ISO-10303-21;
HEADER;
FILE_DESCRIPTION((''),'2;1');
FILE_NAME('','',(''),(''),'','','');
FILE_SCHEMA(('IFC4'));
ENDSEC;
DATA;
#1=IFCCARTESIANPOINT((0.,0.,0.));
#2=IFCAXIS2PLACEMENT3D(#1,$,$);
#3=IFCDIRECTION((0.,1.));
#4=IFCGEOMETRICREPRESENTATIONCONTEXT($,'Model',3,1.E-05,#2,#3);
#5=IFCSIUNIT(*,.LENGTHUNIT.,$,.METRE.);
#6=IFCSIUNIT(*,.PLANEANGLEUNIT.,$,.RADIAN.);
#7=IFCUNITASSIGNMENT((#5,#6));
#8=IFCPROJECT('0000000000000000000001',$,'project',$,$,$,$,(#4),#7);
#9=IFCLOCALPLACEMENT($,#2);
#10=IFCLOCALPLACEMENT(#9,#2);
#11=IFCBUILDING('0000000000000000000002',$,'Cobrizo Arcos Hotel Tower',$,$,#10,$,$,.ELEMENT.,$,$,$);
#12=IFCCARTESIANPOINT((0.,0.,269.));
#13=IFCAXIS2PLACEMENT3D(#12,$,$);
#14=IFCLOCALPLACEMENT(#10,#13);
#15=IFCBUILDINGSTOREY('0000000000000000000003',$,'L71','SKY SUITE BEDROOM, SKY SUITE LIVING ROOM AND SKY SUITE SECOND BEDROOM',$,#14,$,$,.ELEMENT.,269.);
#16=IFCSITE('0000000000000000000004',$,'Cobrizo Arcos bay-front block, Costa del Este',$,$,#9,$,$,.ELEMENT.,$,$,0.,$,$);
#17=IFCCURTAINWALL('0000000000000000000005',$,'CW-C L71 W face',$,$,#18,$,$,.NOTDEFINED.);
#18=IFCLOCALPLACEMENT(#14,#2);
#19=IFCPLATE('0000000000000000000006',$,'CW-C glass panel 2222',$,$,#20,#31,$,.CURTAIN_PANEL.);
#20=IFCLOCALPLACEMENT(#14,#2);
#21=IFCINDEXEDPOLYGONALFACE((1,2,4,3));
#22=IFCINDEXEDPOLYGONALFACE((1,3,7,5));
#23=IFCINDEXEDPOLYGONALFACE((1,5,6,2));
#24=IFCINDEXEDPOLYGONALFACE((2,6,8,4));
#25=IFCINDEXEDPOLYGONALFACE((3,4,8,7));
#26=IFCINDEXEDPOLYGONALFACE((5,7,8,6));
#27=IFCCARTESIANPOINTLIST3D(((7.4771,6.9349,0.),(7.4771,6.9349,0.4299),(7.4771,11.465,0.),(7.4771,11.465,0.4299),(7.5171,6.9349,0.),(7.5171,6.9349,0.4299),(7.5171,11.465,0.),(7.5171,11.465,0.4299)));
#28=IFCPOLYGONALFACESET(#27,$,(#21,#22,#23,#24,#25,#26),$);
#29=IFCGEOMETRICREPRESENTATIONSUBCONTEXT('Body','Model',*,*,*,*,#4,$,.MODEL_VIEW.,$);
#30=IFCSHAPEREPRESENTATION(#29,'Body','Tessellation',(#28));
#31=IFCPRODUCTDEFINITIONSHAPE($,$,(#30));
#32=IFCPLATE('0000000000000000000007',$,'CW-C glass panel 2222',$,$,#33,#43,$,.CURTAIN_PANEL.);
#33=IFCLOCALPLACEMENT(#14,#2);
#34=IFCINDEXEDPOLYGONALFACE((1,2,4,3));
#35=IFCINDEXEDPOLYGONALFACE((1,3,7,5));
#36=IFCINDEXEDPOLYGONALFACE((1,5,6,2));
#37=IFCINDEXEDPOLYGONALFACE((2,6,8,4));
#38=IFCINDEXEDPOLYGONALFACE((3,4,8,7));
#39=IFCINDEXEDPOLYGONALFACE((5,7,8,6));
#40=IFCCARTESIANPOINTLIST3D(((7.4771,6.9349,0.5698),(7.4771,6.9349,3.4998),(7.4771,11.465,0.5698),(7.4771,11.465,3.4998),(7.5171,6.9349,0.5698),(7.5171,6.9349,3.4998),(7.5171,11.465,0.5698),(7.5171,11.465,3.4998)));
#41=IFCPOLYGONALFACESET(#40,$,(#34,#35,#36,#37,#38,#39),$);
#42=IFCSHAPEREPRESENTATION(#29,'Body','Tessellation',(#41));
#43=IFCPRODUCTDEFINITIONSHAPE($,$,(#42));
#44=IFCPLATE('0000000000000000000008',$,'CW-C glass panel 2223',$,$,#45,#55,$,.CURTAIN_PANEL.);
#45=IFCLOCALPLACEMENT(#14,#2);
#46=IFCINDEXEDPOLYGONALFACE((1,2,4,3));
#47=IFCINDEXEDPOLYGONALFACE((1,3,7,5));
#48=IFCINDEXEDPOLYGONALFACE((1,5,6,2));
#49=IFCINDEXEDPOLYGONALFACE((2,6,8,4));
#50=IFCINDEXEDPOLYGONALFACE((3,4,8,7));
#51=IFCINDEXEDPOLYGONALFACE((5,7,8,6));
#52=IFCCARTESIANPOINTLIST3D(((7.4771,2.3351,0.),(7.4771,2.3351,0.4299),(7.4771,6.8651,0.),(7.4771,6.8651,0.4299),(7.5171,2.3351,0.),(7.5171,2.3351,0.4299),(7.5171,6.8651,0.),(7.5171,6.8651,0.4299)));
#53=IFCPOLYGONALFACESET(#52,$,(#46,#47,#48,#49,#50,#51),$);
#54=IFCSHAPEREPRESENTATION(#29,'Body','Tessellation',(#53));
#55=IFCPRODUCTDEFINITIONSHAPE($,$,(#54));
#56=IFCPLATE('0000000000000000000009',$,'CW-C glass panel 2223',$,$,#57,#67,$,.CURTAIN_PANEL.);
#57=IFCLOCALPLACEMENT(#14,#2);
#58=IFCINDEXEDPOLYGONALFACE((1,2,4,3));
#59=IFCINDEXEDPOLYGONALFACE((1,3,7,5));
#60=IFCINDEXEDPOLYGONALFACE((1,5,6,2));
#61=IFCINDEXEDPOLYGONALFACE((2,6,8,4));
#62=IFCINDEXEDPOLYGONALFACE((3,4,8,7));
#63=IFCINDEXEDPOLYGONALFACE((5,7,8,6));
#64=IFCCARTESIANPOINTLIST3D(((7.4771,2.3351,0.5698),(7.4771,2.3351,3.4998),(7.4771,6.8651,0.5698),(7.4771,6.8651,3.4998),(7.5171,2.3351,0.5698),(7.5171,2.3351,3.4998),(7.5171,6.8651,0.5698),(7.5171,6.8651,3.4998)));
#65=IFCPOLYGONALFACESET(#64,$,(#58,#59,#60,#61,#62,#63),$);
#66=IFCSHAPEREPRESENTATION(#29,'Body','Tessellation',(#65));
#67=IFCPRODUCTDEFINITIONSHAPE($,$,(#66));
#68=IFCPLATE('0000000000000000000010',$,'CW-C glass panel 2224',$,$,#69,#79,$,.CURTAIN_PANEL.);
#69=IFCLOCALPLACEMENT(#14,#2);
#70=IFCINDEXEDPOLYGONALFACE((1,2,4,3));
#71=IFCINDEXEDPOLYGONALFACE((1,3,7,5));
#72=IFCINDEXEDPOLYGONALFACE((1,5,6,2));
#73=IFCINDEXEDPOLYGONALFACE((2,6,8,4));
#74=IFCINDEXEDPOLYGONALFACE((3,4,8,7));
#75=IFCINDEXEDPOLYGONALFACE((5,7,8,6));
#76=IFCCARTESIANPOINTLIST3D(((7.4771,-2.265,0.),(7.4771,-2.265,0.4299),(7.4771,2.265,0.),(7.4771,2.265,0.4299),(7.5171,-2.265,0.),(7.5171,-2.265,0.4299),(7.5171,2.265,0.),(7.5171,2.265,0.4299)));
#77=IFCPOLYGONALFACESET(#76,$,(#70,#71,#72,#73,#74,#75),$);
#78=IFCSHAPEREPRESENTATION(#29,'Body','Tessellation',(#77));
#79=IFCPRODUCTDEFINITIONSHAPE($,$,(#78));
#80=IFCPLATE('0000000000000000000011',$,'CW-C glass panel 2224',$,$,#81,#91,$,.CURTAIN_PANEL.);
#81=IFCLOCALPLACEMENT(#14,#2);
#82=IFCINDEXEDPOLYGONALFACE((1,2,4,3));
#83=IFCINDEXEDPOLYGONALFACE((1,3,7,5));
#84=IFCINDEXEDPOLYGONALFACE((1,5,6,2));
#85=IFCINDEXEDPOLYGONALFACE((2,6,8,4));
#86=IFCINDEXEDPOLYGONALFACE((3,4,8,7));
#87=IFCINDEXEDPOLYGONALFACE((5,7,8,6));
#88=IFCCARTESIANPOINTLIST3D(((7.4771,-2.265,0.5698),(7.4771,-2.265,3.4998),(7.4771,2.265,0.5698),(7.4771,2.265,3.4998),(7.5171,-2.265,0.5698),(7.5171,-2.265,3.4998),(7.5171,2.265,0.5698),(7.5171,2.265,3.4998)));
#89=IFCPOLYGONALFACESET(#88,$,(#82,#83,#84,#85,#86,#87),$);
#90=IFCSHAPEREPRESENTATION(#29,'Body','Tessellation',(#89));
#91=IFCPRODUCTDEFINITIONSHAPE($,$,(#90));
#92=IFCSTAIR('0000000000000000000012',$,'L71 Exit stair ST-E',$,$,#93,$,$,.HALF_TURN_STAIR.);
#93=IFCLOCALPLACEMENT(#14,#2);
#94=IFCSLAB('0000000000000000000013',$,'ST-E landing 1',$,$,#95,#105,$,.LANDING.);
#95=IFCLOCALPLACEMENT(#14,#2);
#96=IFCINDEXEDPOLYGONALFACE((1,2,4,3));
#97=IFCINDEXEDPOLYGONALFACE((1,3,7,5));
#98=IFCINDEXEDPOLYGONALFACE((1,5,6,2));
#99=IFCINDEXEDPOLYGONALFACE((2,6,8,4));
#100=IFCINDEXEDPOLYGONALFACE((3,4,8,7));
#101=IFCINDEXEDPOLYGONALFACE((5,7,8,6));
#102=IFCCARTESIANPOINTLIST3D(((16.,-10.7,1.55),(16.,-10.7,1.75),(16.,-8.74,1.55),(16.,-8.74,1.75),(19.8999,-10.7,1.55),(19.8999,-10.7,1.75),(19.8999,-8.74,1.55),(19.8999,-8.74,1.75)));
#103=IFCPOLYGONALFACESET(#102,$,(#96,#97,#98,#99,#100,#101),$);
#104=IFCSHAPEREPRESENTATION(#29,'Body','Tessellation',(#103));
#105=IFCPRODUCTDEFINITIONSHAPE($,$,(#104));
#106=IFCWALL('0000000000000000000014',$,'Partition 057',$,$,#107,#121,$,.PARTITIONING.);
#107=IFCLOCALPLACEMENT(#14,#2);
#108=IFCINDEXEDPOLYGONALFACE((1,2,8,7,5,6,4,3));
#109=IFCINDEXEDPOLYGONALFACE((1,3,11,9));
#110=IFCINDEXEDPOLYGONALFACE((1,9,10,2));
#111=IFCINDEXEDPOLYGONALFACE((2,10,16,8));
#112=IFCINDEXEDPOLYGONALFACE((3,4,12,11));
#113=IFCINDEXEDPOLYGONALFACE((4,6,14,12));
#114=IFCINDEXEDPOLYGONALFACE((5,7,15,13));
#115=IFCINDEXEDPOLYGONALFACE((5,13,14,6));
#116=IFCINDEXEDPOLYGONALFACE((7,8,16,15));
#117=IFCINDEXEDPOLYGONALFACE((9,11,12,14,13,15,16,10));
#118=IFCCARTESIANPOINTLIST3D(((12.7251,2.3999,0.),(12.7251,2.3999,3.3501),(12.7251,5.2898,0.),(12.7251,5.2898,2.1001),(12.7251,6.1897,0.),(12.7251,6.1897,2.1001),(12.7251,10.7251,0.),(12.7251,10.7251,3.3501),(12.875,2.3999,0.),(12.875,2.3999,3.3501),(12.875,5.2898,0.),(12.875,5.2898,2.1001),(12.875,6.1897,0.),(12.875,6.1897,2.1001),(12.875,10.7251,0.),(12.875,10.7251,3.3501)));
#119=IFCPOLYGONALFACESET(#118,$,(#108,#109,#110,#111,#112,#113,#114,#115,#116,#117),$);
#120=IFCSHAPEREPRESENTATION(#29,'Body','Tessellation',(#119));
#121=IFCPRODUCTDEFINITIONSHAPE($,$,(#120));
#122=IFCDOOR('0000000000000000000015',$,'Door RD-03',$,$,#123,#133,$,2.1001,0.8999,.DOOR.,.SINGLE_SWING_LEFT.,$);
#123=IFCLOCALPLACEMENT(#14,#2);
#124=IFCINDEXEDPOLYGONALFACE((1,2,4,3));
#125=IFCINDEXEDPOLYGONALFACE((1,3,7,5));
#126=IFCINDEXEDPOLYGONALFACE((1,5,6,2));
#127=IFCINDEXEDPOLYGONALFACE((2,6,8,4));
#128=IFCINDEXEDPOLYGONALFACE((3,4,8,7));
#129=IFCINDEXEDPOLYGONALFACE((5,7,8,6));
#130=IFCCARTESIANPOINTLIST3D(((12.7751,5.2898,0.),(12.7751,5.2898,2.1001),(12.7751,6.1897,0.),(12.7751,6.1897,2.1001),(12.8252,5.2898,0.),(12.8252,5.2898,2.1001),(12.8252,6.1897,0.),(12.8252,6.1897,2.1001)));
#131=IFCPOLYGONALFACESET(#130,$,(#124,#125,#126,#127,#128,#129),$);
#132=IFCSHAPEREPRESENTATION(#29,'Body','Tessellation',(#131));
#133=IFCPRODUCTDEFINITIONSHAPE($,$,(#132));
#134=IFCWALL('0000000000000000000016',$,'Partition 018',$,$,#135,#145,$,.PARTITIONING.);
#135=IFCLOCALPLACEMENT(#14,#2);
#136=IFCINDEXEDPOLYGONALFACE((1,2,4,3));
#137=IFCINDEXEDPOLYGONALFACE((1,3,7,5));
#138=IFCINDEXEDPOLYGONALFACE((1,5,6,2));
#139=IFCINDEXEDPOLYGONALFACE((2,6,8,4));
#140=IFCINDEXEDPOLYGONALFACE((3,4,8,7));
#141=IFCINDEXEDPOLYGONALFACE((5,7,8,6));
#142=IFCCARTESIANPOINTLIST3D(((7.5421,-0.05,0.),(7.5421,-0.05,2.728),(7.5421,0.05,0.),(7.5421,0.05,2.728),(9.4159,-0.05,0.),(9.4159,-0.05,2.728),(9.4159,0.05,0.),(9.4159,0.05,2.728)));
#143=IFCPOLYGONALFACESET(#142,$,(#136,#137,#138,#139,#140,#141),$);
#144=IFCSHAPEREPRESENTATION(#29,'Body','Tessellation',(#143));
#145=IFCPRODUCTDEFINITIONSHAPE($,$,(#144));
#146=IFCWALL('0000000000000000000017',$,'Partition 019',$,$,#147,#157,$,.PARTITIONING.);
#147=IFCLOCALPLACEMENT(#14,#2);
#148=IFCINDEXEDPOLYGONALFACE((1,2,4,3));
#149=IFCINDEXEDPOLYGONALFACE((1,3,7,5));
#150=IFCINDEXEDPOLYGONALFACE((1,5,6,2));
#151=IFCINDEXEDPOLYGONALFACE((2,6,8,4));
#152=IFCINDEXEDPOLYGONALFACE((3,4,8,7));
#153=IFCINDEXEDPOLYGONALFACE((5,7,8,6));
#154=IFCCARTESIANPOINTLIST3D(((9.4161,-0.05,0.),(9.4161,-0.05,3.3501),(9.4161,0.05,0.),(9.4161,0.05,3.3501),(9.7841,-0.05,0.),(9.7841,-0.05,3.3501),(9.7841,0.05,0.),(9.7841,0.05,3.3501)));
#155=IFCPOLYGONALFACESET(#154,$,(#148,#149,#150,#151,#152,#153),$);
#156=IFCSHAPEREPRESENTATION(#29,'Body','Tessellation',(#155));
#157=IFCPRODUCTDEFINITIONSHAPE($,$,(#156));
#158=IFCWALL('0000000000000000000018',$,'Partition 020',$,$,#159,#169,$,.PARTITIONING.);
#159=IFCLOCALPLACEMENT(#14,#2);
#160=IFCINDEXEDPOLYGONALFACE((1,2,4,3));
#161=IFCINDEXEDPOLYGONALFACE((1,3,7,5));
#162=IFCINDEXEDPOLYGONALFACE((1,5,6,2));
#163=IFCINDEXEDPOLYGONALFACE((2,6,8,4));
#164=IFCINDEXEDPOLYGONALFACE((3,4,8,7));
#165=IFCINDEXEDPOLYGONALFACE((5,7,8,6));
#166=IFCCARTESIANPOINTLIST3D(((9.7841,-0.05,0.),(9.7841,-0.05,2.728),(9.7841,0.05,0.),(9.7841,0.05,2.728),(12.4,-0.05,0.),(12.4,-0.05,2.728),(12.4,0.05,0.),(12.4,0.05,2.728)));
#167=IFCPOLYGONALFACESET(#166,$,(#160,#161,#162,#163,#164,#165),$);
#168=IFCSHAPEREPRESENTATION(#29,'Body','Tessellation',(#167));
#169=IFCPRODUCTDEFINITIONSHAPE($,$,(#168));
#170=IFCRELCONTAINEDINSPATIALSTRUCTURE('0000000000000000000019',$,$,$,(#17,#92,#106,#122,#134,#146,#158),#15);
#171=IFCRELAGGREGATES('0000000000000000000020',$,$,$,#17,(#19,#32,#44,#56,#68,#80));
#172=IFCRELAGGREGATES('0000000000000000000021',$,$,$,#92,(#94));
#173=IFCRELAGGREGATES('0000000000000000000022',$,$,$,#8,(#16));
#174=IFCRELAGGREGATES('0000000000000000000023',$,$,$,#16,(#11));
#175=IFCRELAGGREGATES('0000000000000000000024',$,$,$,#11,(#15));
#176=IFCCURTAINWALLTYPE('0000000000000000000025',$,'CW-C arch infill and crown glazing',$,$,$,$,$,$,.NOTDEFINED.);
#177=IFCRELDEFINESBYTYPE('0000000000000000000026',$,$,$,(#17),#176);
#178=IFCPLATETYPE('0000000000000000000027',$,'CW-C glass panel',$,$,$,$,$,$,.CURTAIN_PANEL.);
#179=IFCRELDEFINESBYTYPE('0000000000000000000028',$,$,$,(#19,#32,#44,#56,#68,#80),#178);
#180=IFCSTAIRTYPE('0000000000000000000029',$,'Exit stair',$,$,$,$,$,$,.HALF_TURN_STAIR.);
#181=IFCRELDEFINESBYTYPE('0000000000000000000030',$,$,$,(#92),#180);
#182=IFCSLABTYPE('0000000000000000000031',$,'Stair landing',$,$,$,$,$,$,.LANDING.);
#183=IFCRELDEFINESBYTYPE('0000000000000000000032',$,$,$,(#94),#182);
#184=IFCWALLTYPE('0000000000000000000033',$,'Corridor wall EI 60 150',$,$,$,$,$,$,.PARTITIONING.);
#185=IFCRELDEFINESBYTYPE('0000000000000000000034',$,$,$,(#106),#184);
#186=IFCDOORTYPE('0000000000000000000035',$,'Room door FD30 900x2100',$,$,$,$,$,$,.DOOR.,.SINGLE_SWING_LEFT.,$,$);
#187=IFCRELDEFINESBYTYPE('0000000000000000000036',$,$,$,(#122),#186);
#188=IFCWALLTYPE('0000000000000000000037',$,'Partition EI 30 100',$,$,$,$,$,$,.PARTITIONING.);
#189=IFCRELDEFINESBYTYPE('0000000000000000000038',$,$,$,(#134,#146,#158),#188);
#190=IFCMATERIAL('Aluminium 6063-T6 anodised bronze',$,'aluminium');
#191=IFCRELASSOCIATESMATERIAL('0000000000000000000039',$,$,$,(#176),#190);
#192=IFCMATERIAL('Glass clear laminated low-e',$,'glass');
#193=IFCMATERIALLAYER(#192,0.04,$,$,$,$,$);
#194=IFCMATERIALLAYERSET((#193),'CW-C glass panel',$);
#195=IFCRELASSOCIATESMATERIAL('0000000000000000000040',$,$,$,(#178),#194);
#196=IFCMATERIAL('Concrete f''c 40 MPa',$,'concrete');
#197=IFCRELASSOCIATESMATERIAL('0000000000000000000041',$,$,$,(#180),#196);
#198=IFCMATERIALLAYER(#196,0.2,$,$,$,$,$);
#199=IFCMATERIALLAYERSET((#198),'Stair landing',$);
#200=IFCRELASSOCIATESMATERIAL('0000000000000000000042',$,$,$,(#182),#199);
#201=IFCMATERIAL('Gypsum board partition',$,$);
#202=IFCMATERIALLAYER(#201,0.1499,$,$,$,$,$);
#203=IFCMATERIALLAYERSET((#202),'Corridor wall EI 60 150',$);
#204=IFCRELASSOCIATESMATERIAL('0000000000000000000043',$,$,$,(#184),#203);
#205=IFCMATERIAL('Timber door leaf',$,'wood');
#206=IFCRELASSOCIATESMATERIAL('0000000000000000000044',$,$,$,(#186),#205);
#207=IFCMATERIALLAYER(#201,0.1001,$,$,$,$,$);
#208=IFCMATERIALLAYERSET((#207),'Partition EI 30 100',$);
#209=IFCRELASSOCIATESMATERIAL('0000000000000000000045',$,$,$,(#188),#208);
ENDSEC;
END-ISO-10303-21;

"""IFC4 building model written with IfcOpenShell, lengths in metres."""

from ifc_helpers import new_model, si_unit, direction, frame, frame_2d, origin, origin_2d, place, context, subcontext, project, spatial, polyline, rectangle, outline, extrude, material, layer, layer_set, type_object, element, fill, aggregate, save


model = new_model("IFC4")

# Units and contexts
model_context = context("Model", 3, precision=1e-05, world=origin(), true_north=direction((0.0, 1.0)))
body_context = subcontext(model_context, "Body", "Model", "MODEL_VIEW")
ifc_project = project(units=[si_unit("LENGTHUNIT", "METRE"), si_unit("PLANEANGLEUNIT", "RADIAN")], contexts=[model_context])

# Site, building, storey
site_placement = place(None, origin())
site = spatial("IfcSite", under=ifc_project, at=site_placement, Name="Cobrizo Arcos bay-front block, Costa del Este", CompositionType="ELEMENT", RefElevation=0.0)
building_placement = place(site_placement, origin())
building = spatial("IfcBuilding", under=site, at=building_placement, Name="Cobrizo Arcos Hotel Tower", CompositionType="ELEMENT")
storey_placement = place(building_placement, frame((0.0, 0.0, 269.0)))
storey = spatial("IfcBuildingStorey", under=building, at=storey_placement, Name="L71", Description="SKY SUITE BEDROOM, SKY SUITE LIVING ROOM AND SKY SUITE SECOND BEDROOM", CompositionType="ELEMENT", Elevation=269.0)

# Curtain wall
ifc_material_1 = material(Name="Aluminium 6063-T6 anodised bronze", Category="aluminium")
curtain_wall_type = type_object("IfcCurtainWallType", Name="CW-C arch infill and crown glazing", PredefinedType="NOTDEFINED", material=ifc_material_1)
curtain_wall_placement = place(storey_placement, origin())
curtain_wall = element("IfcCurtainWall", 1, at=curtain_wall_placement, inside=storey, type_object=curtain_wall_type, Name="CW-C L71 W face", PredefinedType="NOTDEFINED")

# Plates
ifc_material_2 = material(Name="Glass clear laminated low-e", Category="glass")
ifc_layer_1 = layer(ifc_material_2, 0.04)
ifc_layer_set_1 = layer_set([ifc_layer_1], Name="CW-C glass panel")
plate_type = type_object("IfcPlateType", Name="CW-C glass panel", PredefinedType="CURTAIN_PANEL", material=ifc_layer_set_1)
plate_1_placement = place(storey_placement, frame((7.4971, 9.2, 0.0), z_axis=(0.0, 0.0, 1.0), x_axis=(0.0, -1.0, 0.0)))
plate_1 = element("IfcPlate", 2, at=plate_1_placement, type_object=plate_type, Name="CW-C glass panel 2222", PredefinedType="CURTAIN_PANEL", context=body_context, shape_type="SweptSolid", body=[
    extrude(rectangle(XDim=4.53, YDim=0.04, at=origin_2d()), origin(), (0.0, 0.0, 1.0), 0.4299),
])
plate_2_placement = place(storey_placement, frame((7.4971, 9.2, 0.5698), z_axis=(0.0, 0.0, 1.0), x_axis=(0.0, -1.0, 0.0)))
plate_2 = element("IfcPlate", 3, at=plate_2_placement, type_object=plate_type, Name="CW-C glass panel 2222", PredefinedType="CURTAIN_PANEL", context=body_context, shape_type="SweptSolid", body=[
    extrude(rectangle(XDim=4.53, YDim=0.04, at=origin_2d()), origin(), (0.0, 0.0, 1.0), 2.9299),
])
plate_3_placement = place(storey_placement, frame((7.4971, 4.6001, 0.0), z_axis=(0.0, 0.0, 1.0), x_axis=(0.0, -1.0, 0.0)))
plate_3 = element("IfcPlate", 4, at=plate_3_placement, type_object=plate_type, Name="CW-C glass panel 2223", PredefinedType="CURTAIN_PANEL", context=body_context, shape_type="SweptSolid", body=[
    extrude(rectangle(XDim=4.53, YDim=0.04, at=origin_2d()), origin(), (0.0, 0.0, 1.0), 0.4299),
])
plate_4_placement = place(storey_placement, frame((7.4971, 4.6001, 0.5698), z_axis=(0.0, 0.0, 1.0), x_axis=(0.0, -1.0, 0.0)))
plate_4 = element("IfcPlate", 5, at=plate_4_placement, type_object=plate_type, Name="CW-C glass panel 2223", PredefinedType="CURTAIN_PANEL", context=body_context, shape_type="SweptSolid", body=[
    extrude(rectangle(XDim=4.53, YDim=0.04, at=origin_2d()), origin(), (0.0, 0.0, 1.0), 2.9299),
])
plate_5_placement = place(storey_placement, frame((7.4971, 0.0, 0.0), z_axis=(0.0, 0.0, 1.0), x_axis=(0.0, -1.0, 0.0)))
plate_5 = element("IfcPlate", 6, at=plate_5_placement, type_object=plate_type, Name="CW-C glass panel 2224", PredefinedType="CURTAIN_PANEL", context=body_context, shape_type="SweptSolid", body=[
    extrude(rectangle(XDim=4.53, YDim=0.04, at=origin_2d()), origin(), (0.0, 0.0, 1.0), 0.4299),
])
plate_6_placement = place(storey_placement, frame((7.4971, 0.0, 0.5698), z_axis=(0.0, 0.0, 1.0), x_axis=(0.0, -1.0, 0.0)))
plate_6 = element("IfcPlate", 7, at=plate_6_placement, type_object=plate_type, Name="CW-C glass panel 2224", PredefinedType="CURTAIN_PANEL", context=body_context, shape_type="SweptSolid", body=[
    extrude(rectangle(XDim=4.53, YDim=0.04, at=origin_2d()), origin(), (0.0, 0.0, 1.0), 2.9299),
])
aggregate(curtain_wall, [plate_1, plate_2, plate_3, plate_4, plate_5, plate_6])

# Stair, slab
ifc_material_3 = material(Name="Concrete f'c 40 MPa", Category="concrete")
stair_type = type_object("IfcStairType", Name="Exit stair", PredefinedType="HALF_TURN_STAIR", material=ifc_material_3)
stair_placement = place(storey_placement, origin())
stair = element("IfcStair", 8, at=stair_placement, inside=storey, type_object=stair_type, Name="L71 Exit stair ST-E", PredefinedType="HALF_TURN_STAIR")
ifc_layer_2 = layer(ifc_material_3, 0.2)
ifc_layer_set_2 = layer_set([ifc_layer_2], Name="Stair landing")
slab_type = type_object("IfcSlabType", Name="Stair landing", PredefinedType="LANDING", material=ifc_layer_set_2)
slab_placement = place(storey_placement, frame((0.0, 0.0, 1.55)))
slab = element("IfcSlab", 9, at=slab_placement, type_object=slab_type, Name="ST-E landing 1", PredefinedType="LANDING", context=body_context, shape_type="SweptSolid", body=[
    extrude(outline(polyline([(16.0, -8.74), (16.0, -10.7), (19.8999, -10.7), (19.8999, -8.74), (16.0, -8.74)])), origin(), (0.0, 0.0, 1.0), 0.2),
])
aggregate(stair, [slab])

# Wall, opening, door
ifc_material_4 = material(Name="Gypsum board partition")
ifc_layer_3 = layer(ifc_material_4, 0.1499)
ifc_layer_set_3 = layer_set([ifc_layer_3], Name="Corridor wall EI 60 150")
wall_type_1 = type_object("IfcWallType", Name="Corridor wall EI 60 150", PredefinedType="PARTITIONING", material=ifc_layer_set_3)
wall_1_placement = place(storey_placement, frame((12.8, 2.3999, 0.0), z_axis=(0.0, 0.0, 1.0), x_axis=(0.0, 1.0, 0.0)))
wall_1 = element("IfcWall", 10, at=wall_1_placement, inside=storey, type_object=wall_type_1, Name="Partition 057", PredefinedType="PARTITIONING", context=body_context, shape_type="SweptSolid", body=[
    extrude(rectangle(XDim=8.3252, YDim=0.1499, at=frame_2d((4.1626, 0.0))), origin(), (0.0, 0.0, 1.0), 3.3501),
])
opening_1_placement = place(wall_1_placement, frame((2.8899, 0.0, 0.0)))
opening_1 = element("IfcOpeningElement", 11, at=opening_1_placement, cuts=wall_1, PredefinedType="OPENING", context=body_context, shape_type="SweptSolid", body=[
    extrude(rectangle(XDim=0.8999, YDim=2.1001, at=frame_2d((0.45, 1.05))), frame((0.0, 0.0869, 0.0), z_axis=(0.0, -1.0, 0.0), x_axis=(1.0, 0.0, 0.0)), (0.0, 0.0, 1.0), 0.1738),
])
ifc_material_5 = material(Name="Timber door leaf", Category="wood")
door_type_1 = type_object("IfcDoorType", Name="Room door FD30 900x2100", OperationType="SINGLE_SWING_LEFT", PredefinedType="DOOR", material=ifc_material_5)
door_1_placement = place(opening_1_placement, origin())
door_1 = element("IfcDoor", 12, at=door_1_placement, inside=storey, type_object=door_type_1, Name="Door RD-03", OperationType="SINGLE_SWING_LEFT", OverallHeight=2.1001, OverallWidth=0.8999, PredefinedType="DOOR", context=body_context, shape_type="SweptSolid", body=[
    extrude(rectangle(XDim=0.8999, YDim=2.1001, at=frame_2d((0.45, 1.05))), frame((0.0, 0.0249, 0.0), z_axis=(0.0, -1.0, 0.0), x_axis=(1.0, 0.0, 0.0)), (0.0, 0.0, 1.0), 0.05),
])
fill(opening_1, door_1)

# Walls
ifc_layer_4 = layer(ifc_material_4, 0.1001)
ifc_layer_set_4 = layer_set([ifc_layer_4], Name="Partition EI 30 100")
wall_type_2 = type_object("IfcWallType", Name="Partition EI 30 100", PredefinedType="PARTITIONING", material=ifc_layer_set_4)
wall_2_placement = place(storey_placement, frame((7.542, 0.0, 0.0), z_axis=(0.0, 0.0, 1.0), x_axis=(1.0, 0.0, 0.0)))
element("IfcWall", 13, at=wall_2_placement, inside=storey, type_object=wall_type_2, Name="Partition 018", PredefinedType="PARTITIONING", context=body_context, shape_type="SweptSolid", body=[
    extrude(rectangle(XDim=1.8738, YDim=0.1001, at=frame_2d((0.937, 0.0))), origin(), (0.0, 0.0, 1.0), 2.728),
])
wall_3_placement = place(storey_placement, frame((9.416, 0.0, 0.0), z_axis=(0.0, 0.0, 1.0), x_axis=(1.0, 0.0, 0.0)))
element("IfcWall", 14, at=wall_3_placement, inside=storey, type_object=wall_type_2, Name="Partition 019", PredefinedType="PARTITIONING", context=body_context, shape_type="SweptSolid", body=[
    extrude(rectangle(XDim=0.3679, YDim=0.1001, at=frame_2d((0.1841, 0.0))), origin(), (0.0, 0.0, 1.0), 3.3501),
])
wall_4_placement = place(storey_placement, frame((9.7839, 0.0, 0.0), z_axis=(0.0, 0.0, 1.0), x_axis=(1.0, 0.0, 0.0)))
element("IfcWall", 15, at=wall_4_placement, inside=storey, type_object=wall_type_2, Name="Partition 020", PredefinedType="PARTITIONING", context=body_context, shape_type="SweptSolid", body=[
    extrude(rectangle(XDim=2.616, YDim=0.1001, at=frame_2d((1.3081, 0.0))), origin(), (0.0, 0.0, 1.0), 2.728),
])

save(model, "model.ifc")
